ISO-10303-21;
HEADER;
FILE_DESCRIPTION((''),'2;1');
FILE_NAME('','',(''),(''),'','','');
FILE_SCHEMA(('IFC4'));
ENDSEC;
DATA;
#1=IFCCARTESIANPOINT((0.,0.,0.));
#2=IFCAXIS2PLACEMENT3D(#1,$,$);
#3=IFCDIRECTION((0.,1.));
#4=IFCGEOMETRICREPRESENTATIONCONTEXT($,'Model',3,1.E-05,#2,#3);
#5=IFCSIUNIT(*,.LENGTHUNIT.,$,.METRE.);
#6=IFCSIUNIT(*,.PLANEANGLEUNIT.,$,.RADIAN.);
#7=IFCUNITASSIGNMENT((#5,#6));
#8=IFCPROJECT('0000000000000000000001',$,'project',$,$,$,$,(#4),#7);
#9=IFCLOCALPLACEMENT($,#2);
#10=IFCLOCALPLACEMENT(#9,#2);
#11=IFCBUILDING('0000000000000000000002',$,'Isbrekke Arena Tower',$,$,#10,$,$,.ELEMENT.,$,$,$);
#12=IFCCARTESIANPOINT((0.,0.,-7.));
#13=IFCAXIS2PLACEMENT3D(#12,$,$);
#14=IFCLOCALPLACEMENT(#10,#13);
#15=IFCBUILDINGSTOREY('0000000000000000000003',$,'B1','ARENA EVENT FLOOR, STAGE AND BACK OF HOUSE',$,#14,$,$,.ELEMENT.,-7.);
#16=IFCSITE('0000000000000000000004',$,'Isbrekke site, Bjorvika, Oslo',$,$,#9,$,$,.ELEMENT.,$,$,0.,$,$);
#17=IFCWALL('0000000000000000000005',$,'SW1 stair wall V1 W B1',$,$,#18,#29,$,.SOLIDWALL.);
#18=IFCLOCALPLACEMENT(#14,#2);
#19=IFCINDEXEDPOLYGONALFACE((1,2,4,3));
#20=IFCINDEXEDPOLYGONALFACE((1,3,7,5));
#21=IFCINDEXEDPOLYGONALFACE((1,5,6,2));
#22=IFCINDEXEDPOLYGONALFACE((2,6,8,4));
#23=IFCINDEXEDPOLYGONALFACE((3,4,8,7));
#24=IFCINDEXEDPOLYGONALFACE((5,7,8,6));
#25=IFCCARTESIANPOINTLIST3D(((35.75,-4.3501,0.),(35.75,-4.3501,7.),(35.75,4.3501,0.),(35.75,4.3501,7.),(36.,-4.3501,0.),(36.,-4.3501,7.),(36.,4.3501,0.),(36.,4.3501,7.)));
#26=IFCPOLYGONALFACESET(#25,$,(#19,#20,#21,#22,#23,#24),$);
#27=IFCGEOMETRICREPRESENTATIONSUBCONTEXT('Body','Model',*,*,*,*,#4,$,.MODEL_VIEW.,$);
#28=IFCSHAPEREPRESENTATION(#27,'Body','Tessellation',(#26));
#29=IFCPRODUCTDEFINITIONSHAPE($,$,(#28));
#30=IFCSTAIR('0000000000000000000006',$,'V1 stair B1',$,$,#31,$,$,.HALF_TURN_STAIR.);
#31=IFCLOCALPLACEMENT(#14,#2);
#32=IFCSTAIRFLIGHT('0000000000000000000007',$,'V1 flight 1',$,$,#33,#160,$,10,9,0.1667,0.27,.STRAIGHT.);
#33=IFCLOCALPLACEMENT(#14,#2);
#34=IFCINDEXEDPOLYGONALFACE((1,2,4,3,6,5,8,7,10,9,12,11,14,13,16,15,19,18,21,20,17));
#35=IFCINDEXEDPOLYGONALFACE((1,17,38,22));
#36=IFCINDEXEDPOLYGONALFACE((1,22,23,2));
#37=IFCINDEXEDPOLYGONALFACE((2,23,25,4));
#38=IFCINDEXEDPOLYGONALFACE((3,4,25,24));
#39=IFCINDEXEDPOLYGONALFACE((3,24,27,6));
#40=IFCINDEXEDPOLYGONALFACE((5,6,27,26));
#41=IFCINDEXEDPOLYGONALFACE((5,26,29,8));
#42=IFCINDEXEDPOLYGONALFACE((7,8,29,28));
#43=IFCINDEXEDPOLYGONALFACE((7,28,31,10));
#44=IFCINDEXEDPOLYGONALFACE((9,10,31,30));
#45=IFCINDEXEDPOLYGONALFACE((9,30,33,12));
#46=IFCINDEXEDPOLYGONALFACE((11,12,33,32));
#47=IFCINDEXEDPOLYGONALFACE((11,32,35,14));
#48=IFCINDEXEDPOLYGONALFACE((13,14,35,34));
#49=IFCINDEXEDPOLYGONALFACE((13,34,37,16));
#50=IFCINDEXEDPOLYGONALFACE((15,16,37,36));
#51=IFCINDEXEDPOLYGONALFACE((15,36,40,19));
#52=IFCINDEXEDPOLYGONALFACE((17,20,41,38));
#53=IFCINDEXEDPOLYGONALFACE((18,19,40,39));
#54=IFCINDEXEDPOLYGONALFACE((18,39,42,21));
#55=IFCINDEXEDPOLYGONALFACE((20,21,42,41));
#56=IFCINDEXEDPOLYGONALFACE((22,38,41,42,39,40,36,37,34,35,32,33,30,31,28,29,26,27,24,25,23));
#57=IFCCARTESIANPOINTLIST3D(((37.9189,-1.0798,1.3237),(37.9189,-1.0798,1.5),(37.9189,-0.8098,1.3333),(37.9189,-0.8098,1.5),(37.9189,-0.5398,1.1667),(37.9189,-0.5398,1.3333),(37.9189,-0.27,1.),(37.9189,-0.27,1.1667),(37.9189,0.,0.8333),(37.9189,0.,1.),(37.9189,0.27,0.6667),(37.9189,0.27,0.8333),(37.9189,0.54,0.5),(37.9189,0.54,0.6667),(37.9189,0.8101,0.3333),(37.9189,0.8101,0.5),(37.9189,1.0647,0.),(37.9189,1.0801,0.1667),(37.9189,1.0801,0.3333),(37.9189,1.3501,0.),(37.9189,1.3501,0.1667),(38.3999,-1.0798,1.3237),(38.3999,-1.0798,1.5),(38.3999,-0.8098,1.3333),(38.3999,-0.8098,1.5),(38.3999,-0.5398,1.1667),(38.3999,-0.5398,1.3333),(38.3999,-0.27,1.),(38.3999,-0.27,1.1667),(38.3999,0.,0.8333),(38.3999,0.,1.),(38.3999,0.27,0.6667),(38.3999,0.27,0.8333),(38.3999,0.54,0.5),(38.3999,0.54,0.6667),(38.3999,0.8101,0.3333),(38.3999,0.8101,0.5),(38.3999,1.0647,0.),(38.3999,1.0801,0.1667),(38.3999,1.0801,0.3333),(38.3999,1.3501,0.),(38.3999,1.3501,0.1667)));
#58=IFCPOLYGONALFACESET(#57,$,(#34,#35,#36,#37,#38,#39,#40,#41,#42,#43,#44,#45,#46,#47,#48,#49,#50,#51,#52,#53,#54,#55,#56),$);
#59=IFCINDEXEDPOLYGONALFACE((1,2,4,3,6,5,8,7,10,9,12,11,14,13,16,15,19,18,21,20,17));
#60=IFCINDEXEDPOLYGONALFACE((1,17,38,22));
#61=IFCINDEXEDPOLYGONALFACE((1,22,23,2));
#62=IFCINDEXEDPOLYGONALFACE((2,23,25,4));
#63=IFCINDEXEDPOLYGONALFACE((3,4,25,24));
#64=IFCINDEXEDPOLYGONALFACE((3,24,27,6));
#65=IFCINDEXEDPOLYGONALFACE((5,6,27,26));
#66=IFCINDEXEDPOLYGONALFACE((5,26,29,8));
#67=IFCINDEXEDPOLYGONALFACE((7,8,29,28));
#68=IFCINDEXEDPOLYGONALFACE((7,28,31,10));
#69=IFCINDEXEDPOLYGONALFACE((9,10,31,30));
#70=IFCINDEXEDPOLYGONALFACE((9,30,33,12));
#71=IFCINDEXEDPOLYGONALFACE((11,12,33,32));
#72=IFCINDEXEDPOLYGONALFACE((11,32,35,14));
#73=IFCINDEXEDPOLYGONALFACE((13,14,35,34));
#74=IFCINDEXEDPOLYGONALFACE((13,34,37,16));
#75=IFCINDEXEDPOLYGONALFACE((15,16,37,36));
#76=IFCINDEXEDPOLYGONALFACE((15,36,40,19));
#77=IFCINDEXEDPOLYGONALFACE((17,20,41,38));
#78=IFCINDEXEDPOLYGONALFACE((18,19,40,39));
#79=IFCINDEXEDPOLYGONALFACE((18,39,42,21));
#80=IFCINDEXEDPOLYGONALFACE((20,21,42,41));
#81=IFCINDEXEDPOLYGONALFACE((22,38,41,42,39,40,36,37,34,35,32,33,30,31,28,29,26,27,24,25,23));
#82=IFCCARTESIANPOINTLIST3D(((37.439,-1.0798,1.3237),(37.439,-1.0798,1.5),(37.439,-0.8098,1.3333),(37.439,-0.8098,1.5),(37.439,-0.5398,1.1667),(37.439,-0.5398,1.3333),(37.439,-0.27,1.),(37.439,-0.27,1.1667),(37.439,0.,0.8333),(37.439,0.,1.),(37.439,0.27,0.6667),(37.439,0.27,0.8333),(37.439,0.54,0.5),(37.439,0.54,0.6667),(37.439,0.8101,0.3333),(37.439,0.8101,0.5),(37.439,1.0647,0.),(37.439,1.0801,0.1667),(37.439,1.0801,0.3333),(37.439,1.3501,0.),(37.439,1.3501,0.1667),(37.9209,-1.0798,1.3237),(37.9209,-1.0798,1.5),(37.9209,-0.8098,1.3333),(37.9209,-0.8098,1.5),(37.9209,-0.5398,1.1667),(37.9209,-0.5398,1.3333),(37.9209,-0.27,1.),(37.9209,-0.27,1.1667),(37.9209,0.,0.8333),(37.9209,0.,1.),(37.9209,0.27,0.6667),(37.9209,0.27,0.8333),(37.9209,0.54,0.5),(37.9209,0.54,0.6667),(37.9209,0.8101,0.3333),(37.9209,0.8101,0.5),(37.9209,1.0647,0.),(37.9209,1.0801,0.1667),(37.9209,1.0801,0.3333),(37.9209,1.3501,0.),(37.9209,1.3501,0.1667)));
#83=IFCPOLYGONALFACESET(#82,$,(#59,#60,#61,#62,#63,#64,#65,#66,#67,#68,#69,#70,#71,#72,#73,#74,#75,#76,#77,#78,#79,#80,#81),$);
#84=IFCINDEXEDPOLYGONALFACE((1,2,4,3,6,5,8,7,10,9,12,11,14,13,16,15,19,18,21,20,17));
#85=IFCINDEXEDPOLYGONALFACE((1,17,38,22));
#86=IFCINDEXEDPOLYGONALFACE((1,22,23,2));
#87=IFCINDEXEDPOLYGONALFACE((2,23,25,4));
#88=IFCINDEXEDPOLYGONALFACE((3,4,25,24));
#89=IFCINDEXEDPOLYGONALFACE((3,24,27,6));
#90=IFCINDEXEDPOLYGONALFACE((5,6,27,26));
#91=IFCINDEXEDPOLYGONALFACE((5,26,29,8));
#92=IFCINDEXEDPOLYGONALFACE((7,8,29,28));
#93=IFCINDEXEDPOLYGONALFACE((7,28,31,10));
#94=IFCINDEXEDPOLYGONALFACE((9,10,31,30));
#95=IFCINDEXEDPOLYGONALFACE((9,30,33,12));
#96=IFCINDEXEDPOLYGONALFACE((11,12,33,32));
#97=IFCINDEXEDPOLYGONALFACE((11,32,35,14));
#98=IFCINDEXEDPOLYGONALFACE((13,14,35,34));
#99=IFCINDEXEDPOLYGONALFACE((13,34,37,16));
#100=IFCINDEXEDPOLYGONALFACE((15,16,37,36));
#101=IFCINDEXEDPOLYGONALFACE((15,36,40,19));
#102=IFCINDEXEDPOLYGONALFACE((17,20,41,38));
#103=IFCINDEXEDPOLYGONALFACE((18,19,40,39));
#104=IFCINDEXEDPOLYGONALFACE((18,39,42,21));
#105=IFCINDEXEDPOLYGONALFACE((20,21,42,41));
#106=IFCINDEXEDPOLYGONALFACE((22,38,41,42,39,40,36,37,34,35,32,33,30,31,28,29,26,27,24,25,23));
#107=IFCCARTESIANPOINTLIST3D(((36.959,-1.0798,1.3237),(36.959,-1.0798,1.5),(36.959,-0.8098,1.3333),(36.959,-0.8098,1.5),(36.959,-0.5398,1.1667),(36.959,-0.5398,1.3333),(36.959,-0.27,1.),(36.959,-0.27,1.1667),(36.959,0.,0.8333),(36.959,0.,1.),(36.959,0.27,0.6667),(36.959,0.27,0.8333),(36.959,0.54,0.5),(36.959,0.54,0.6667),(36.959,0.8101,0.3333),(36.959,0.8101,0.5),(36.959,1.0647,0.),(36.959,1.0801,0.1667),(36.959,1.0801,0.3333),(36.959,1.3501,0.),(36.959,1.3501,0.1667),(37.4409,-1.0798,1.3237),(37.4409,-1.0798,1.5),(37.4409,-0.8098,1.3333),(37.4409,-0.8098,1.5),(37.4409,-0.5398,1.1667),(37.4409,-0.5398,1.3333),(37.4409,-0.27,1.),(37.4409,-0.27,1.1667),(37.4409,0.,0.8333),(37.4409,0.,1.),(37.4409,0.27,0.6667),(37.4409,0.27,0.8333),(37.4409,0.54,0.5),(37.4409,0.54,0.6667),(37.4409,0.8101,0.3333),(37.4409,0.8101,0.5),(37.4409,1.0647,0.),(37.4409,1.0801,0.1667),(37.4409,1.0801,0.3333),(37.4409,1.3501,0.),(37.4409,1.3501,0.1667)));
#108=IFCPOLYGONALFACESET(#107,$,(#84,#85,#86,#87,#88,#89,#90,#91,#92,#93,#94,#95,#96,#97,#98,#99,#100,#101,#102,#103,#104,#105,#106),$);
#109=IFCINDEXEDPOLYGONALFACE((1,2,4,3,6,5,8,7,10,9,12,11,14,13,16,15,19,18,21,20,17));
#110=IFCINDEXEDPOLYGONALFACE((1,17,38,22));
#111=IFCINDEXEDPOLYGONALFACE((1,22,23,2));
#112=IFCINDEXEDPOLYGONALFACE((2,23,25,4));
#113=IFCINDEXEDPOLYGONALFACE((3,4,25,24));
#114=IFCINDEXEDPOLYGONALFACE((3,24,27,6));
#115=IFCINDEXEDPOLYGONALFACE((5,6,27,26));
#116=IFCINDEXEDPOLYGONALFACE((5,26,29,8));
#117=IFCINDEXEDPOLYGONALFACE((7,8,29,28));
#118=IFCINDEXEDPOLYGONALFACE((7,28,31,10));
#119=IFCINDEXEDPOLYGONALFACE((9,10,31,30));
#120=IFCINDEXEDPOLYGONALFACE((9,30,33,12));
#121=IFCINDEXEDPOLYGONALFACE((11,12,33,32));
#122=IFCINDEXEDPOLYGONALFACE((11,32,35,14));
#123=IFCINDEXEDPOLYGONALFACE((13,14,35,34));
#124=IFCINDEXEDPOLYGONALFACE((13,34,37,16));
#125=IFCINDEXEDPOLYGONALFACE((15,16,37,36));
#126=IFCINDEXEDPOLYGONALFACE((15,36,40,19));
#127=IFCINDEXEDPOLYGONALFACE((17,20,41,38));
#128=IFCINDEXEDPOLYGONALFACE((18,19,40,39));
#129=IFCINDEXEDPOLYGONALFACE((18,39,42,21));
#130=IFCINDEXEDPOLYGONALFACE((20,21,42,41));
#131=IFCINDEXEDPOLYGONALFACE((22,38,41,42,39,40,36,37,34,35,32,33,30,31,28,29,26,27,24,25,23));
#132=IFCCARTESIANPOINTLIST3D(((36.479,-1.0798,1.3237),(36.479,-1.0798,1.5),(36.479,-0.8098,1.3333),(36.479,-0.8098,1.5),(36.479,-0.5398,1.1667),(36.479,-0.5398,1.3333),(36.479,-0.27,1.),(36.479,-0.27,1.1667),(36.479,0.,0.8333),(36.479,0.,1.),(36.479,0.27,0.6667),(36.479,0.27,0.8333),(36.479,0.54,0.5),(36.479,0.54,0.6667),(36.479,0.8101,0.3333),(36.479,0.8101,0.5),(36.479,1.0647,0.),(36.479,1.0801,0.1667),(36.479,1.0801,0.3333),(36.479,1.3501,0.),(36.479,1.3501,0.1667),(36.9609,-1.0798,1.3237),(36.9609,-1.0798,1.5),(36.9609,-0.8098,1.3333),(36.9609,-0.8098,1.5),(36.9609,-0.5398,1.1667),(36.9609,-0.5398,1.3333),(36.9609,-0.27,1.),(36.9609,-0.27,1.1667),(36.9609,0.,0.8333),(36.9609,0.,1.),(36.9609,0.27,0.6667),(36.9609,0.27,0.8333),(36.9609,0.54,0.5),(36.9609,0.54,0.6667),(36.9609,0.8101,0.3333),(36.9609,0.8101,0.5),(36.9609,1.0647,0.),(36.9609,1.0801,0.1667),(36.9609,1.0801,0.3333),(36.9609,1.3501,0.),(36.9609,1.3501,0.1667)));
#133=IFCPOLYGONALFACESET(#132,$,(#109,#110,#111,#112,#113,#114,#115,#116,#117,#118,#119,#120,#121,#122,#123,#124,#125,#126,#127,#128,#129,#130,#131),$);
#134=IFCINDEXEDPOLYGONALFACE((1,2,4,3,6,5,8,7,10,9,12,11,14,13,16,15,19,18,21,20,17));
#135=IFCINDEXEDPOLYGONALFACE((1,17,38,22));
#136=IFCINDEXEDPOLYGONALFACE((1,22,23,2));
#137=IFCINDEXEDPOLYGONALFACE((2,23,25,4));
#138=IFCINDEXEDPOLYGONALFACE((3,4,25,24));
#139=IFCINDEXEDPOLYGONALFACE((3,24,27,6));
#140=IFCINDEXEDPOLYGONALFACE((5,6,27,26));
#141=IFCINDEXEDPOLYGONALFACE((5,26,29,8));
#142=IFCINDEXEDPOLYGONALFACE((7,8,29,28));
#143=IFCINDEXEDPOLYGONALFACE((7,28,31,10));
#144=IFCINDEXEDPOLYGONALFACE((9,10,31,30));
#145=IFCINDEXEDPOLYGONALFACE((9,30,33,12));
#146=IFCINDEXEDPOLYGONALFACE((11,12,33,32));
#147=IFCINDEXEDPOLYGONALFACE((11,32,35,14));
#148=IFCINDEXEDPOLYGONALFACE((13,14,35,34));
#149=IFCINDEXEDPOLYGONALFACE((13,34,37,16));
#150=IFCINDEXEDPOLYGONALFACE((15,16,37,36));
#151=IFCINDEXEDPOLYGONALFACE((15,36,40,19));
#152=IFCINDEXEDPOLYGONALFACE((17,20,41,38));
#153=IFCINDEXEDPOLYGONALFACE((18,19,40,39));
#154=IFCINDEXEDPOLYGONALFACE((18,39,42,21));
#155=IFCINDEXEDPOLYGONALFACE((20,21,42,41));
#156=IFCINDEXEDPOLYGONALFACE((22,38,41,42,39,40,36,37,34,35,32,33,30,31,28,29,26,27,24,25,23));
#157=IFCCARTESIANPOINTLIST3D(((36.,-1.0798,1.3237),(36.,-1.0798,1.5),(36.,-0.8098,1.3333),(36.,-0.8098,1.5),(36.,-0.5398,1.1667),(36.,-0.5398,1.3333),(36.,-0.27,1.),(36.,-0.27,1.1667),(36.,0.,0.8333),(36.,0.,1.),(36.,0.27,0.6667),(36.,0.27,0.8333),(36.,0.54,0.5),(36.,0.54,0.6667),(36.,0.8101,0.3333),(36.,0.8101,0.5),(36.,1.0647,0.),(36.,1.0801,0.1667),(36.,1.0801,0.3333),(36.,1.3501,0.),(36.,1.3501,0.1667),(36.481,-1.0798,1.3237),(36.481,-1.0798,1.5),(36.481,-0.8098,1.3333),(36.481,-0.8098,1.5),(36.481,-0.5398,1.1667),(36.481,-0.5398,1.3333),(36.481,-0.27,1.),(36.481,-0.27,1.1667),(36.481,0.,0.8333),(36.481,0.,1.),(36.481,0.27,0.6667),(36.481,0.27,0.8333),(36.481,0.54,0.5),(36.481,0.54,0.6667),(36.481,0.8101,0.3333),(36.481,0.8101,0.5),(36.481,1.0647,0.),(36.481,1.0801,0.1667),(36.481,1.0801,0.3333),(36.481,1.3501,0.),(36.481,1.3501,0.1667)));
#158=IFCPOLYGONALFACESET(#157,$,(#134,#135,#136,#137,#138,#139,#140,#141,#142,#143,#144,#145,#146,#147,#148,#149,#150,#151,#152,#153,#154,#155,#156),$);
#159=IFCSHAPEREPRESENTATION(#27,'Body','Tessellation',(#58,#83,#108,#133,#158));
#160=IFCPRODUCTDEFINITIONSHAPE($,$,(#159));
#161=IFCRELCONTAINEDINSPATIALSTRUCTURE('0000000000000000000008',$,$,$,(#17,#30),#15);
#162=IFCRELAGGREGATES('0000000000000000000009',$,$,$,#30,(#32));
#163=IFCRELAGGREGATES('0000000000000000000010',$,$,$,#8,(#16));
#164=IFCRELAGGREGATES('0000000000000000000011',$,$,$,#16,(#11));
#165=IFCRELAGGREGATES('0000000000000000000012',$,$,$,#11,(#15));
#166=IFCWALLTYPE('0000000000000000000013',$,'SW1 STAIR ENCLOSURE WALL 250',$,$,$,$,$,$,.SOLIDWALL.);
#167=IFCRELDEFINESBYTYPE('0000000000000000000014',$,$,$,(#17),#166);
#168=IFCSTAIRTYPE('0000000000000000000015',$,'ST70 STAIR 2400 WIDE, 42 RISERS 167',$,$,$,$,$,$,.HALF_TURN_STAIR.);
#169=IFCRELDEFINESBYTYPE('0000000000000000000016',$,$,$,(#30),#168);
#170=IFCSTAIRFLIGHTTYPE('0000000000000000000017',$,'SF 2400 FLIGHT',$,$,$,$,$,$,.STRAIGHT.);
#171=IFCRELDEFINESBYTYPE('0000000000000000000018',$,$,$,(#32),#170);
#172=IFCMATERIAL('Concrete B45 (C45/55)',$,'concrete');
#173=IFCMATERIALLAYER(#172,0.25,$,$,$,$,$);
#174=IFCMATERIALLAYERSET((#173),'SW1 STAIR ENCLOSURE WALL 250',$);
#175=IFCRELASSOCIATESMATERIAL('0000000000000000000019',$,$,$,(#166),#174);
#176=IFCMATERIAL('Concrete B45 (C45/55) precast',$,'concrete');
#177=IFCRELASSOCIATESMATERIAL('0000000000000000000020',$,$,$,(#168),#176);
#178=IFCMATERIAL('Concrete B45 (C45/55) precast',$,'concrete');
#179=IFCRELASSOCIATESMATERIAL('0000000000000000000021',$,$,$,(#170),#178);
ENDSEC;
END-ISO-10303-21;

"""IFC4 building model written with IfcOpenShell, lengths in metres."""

from ifc_helpers import new_model, si_unit, direction, frame, frame_2d, origin, place, context, subcontext, project, spatial, polyline, rectangle, outline, extrude, material, layer, layer_set, type_object, element, aggregate, save


model = new_model("IFC4")

# Units and contexts
model_context = context("Model", 3, precision=1e-05, world=origin(), true_north=direction((0.0, 1.0)))
body_context = subcontext(model_context, "Body", "Model", "MODEL_VIEW")
ifc_project = project(units=[si_unit("LENGTHUNIT", "METRE"), si_unit("PLANEANGLEUNIT", "RADIAN")], contexts=[model_context])

# Site, building, storey
site_placement = place(None, origin())
site = spatial("IfcSite", under=ifc_project, at=site_placement, Name="Isbrekke site, Bjorvika, Oslo", CompositionType="ELEMENT", RefElevation=0.0)
building_placement = place(site_placement, origin())
building = spatial("IfcBuilding", under=site, at=building_placement, Name="Isbrekke Arena Tower", CompositionType="ELEMENT")
storey_placement = place(building_placement, frame((0.0, 0.0, -7.0)))
storey = spatial("IfcBuildingStorey", under=building, at=storey_placement, Name="B1", Description="ARENA EVENT FLOOR, STAGE AND BACK OF HOUSE", CompositionType="ELEMENT", Elevation=-7.0)

# Wall
ifc_material_1 = material(Name="Concrete B45 (C45/55)", Category="concrete")
ifc_layer_1 = layer(ifc_material_1, 0.25)
ifc_layer_set_1 = layer_set([ifc_layer_1], Name="SW1 STAIR ENCLOSURE WALL 250")
wall_type_1 = type_object("IfcWallType", Name="SW1 STAIR ENCLOSURE WALL 250", PredefinedType="SOLIDWALL", material=ifc_layer_set_1)
wall_1_placement = place(storey_placement, frame((35.875, 4.3501, 0.0), z_axis=(0.0, 0.0, 1.0), x_axis=(0.0, -1.0, 0.0)))
element("IfcWall", 1, at=wall_1_placement, inside=storey, type_object=wall_type_1, Name="SW1 stair wall V1 W B1", PredefinedType="SOLIDWALL", context=body_context, shape_type="SweptSolid", body=[
    extrude(rectangle(XDim=8.7002, YDim=0.25, at=frame_2d((4.3501, 0.0))), origin(), (0.0, 0.0, 1.0), 7.0),
])

# Stair, stair flight
ifc_material_2 = material(Name="Concrete B45 (C45/55) precast", Category="concrete")
stair_type = type_object("IfcStairType", Name="ST70 STAIR 2400 WIDE, 42 RISERS 167", PredefinedType="HALF_TURN_STAIR", material=ifc_material_2)
stair_placement = place(storey_placement, origin())
stair = element("IfcStair", 2, at=stair_placement, inside=storey, type_object=stair_type, Name="V1 stair B1", PredefinedType="HALF_TURN_STAIR")
ifc_material_3 = material(Name="Concrete B45 (C45/55) precast", Category="concrete")
stair_flight_type = type_object("IfcStairFlightType", Name="SF 2400 FLIGHT", PredefinedType="STRAIGHT", material=ifc_material_3)
stair_flight_1_placement = place(storey_placement, frame((37.2, 1.3501, 0.0), z_axis=(0.0, 0.0, 1.0), x_axis=(0.0, -1.0, 0.0)))
stair_flight_1 = element("IfcStairFlight", 3, at=stair_flight_1_placement, type_object=stair_flight_type, Name="V1 flight 1", NumberOfRisers=10, NumberOfTreads=9, PredefinedType="STRAIGHT", RiserHeight=0.1667, TreadLength=0.27, context=body_context, shape_type="SweptSolid", body=[
    extrude(outline(polyline([(0.0, 0.0), (0.0, 0.1667), (0.27, 0.1667), (0.27, 0.3333), (0.54, 0.3333), (0.54, 0.5), (0.8101, 0.5), (0.8101, 0.6667), (1.0801, 0.6667), (1.0801, 0.8333), (1.3501, 0.8333), (1.3501, 1.0), (1.6201, 1.0), (1.6201, 1.1667), (1.8899, 1.1667), (1.8899, 1.3333), (2.1599, 1.3333), (2.1599, 1.5), (2.4299, 1.5), (2.4299, 1.6667), (2.4299, 1.3237), (0.2854, 0.0), (0.0, 0.0)])), frame((0.0, 1.2, 0.0), z_axis=(0.0, -1.0, 0.0), x_axis=(1.0, 0.0, 0.0)), (0.0, 0.0, 1.0), 0.481),
    extrude(outline(polyline([(0.0, 0.0), (0.0, 0.1667), (0.27, 0.1667), (0.27, 0.3333), (0.54, 0.3333), (0.54, 0.5), (0.8101, 0.5), (0.8101, 0.6667), (1.0801, 0.6667), (1.0801, 0.8333), (1.3501, 0.8333), (1.3501, 1.0), (1.6201, 1.0), (1.6201, 1.1667), (1.8899, 1.1667), (1.8899, 1.3333), (2.1599, 1.3333), (2.1599, 1.5), (2.4299, 1.5), (2.4299, 1.6667), (2.4299, 1.3237), (0.2854, 0.0), (0.0, 0.0)])), frame((0.0, 0.7209, 0.0), z_axis=(0.0, -1.0, 0.0), x_axis=(1.0, 0.0, 0.0)), (0.0, 0.0, 1.0), 0.4819),
    extrude(outline(polyline([(0.0, 0.0), (0.0, 0.1667), (0.27, 0.1667), (0.27, 0.3333), (0.54, 0.3333), (0.54, 0.5), (0.8101, 0.5), (0.8101, 0.6667), (1.0801, 0.6667), (1.0801, 0.8333), (1.3501, 0.8333), (1.3501, 1.0), (1.6201, 1.0), (1.6201, 1.1667), (1.8899, 1.1667), (1.8899, 1.3333), (2.1599, 1.3333), (2.1599, 1.5), (2.4299, 1.5), (2.4299, 1.6667), (2.4299, 1.3237), (0.2854, 0.0), (0.0, 0.0)])), frame((0.0, 0.241, 0.0), z_axis=(0.0, -1.0, 0.0), x_axis=(1.0, 0.0, 0.0)), (0.0, 0.0, 1.0), 0.4819),
    extrude(outline(polyline([(0.0, 0.0), (0.0, 0.1667), (0.27, 0.1667), (0.27, 0.3333), (0.54, 0.3333), (0.54, 0.5), (0.8101, 0.5), (0.8101, 0.6667), (1.0801, 0.6667), (1.0801, 0.8333), (1.3501, 0.8333), (1.3501, 1.0), (1.6201, 1.0), (1.6201, 1.1667), (1.8899, 1.1667), (1.8899, 1.3333), (2.1599, 1.3333), (2.1599, 1.5), (2.4299, 1.5), (2.4299, 1.6667), (2.4299, 1.3237), (0.2854, 0.0), (0.0, 0.0)])), frame((0.0, -0.239, 0.0), z_axis=(0.0, -1.0, 0.0), x_axis=(1.0, 0.0, 0.0)), (0.0, 0.0, 1.0), 0.4819),
    extrude(outline(polyline([(0.0, 0.0), (0.0, 0.1667), (0.27, 0.1667), (0.27, 0.3333), (0.54, 0.3333), (0.54, 0.5), (0.8101, 0.5), (0.8101, 0.6667), (1.0801, 0.6667), (1.0801, 0.8333), (1.3501, 0.8333), (1.3501, 1.0), (1.6201, 1.0), (1.6201, 1.1667), (1.8899, 1.1667), (1.8899, 1.3333), (2.1599, 1.3333), (2.1599, 1.5), (2.4299, 1.5), (2.4299, 1.6667), (2.4299, 1.3237), (0.2854, 0.0), (0.0, 0.0)])), frame((0.0, -0.719, 0.0), z_axis=(0.0, -1.0, 0.0), x_axis=(1.0, 0.0, 0.0)), (0.0, 0.0, 1.0), 0.481),
])
aggregate(stair, [stair_flight_1])

save(model, "model.ifc")
